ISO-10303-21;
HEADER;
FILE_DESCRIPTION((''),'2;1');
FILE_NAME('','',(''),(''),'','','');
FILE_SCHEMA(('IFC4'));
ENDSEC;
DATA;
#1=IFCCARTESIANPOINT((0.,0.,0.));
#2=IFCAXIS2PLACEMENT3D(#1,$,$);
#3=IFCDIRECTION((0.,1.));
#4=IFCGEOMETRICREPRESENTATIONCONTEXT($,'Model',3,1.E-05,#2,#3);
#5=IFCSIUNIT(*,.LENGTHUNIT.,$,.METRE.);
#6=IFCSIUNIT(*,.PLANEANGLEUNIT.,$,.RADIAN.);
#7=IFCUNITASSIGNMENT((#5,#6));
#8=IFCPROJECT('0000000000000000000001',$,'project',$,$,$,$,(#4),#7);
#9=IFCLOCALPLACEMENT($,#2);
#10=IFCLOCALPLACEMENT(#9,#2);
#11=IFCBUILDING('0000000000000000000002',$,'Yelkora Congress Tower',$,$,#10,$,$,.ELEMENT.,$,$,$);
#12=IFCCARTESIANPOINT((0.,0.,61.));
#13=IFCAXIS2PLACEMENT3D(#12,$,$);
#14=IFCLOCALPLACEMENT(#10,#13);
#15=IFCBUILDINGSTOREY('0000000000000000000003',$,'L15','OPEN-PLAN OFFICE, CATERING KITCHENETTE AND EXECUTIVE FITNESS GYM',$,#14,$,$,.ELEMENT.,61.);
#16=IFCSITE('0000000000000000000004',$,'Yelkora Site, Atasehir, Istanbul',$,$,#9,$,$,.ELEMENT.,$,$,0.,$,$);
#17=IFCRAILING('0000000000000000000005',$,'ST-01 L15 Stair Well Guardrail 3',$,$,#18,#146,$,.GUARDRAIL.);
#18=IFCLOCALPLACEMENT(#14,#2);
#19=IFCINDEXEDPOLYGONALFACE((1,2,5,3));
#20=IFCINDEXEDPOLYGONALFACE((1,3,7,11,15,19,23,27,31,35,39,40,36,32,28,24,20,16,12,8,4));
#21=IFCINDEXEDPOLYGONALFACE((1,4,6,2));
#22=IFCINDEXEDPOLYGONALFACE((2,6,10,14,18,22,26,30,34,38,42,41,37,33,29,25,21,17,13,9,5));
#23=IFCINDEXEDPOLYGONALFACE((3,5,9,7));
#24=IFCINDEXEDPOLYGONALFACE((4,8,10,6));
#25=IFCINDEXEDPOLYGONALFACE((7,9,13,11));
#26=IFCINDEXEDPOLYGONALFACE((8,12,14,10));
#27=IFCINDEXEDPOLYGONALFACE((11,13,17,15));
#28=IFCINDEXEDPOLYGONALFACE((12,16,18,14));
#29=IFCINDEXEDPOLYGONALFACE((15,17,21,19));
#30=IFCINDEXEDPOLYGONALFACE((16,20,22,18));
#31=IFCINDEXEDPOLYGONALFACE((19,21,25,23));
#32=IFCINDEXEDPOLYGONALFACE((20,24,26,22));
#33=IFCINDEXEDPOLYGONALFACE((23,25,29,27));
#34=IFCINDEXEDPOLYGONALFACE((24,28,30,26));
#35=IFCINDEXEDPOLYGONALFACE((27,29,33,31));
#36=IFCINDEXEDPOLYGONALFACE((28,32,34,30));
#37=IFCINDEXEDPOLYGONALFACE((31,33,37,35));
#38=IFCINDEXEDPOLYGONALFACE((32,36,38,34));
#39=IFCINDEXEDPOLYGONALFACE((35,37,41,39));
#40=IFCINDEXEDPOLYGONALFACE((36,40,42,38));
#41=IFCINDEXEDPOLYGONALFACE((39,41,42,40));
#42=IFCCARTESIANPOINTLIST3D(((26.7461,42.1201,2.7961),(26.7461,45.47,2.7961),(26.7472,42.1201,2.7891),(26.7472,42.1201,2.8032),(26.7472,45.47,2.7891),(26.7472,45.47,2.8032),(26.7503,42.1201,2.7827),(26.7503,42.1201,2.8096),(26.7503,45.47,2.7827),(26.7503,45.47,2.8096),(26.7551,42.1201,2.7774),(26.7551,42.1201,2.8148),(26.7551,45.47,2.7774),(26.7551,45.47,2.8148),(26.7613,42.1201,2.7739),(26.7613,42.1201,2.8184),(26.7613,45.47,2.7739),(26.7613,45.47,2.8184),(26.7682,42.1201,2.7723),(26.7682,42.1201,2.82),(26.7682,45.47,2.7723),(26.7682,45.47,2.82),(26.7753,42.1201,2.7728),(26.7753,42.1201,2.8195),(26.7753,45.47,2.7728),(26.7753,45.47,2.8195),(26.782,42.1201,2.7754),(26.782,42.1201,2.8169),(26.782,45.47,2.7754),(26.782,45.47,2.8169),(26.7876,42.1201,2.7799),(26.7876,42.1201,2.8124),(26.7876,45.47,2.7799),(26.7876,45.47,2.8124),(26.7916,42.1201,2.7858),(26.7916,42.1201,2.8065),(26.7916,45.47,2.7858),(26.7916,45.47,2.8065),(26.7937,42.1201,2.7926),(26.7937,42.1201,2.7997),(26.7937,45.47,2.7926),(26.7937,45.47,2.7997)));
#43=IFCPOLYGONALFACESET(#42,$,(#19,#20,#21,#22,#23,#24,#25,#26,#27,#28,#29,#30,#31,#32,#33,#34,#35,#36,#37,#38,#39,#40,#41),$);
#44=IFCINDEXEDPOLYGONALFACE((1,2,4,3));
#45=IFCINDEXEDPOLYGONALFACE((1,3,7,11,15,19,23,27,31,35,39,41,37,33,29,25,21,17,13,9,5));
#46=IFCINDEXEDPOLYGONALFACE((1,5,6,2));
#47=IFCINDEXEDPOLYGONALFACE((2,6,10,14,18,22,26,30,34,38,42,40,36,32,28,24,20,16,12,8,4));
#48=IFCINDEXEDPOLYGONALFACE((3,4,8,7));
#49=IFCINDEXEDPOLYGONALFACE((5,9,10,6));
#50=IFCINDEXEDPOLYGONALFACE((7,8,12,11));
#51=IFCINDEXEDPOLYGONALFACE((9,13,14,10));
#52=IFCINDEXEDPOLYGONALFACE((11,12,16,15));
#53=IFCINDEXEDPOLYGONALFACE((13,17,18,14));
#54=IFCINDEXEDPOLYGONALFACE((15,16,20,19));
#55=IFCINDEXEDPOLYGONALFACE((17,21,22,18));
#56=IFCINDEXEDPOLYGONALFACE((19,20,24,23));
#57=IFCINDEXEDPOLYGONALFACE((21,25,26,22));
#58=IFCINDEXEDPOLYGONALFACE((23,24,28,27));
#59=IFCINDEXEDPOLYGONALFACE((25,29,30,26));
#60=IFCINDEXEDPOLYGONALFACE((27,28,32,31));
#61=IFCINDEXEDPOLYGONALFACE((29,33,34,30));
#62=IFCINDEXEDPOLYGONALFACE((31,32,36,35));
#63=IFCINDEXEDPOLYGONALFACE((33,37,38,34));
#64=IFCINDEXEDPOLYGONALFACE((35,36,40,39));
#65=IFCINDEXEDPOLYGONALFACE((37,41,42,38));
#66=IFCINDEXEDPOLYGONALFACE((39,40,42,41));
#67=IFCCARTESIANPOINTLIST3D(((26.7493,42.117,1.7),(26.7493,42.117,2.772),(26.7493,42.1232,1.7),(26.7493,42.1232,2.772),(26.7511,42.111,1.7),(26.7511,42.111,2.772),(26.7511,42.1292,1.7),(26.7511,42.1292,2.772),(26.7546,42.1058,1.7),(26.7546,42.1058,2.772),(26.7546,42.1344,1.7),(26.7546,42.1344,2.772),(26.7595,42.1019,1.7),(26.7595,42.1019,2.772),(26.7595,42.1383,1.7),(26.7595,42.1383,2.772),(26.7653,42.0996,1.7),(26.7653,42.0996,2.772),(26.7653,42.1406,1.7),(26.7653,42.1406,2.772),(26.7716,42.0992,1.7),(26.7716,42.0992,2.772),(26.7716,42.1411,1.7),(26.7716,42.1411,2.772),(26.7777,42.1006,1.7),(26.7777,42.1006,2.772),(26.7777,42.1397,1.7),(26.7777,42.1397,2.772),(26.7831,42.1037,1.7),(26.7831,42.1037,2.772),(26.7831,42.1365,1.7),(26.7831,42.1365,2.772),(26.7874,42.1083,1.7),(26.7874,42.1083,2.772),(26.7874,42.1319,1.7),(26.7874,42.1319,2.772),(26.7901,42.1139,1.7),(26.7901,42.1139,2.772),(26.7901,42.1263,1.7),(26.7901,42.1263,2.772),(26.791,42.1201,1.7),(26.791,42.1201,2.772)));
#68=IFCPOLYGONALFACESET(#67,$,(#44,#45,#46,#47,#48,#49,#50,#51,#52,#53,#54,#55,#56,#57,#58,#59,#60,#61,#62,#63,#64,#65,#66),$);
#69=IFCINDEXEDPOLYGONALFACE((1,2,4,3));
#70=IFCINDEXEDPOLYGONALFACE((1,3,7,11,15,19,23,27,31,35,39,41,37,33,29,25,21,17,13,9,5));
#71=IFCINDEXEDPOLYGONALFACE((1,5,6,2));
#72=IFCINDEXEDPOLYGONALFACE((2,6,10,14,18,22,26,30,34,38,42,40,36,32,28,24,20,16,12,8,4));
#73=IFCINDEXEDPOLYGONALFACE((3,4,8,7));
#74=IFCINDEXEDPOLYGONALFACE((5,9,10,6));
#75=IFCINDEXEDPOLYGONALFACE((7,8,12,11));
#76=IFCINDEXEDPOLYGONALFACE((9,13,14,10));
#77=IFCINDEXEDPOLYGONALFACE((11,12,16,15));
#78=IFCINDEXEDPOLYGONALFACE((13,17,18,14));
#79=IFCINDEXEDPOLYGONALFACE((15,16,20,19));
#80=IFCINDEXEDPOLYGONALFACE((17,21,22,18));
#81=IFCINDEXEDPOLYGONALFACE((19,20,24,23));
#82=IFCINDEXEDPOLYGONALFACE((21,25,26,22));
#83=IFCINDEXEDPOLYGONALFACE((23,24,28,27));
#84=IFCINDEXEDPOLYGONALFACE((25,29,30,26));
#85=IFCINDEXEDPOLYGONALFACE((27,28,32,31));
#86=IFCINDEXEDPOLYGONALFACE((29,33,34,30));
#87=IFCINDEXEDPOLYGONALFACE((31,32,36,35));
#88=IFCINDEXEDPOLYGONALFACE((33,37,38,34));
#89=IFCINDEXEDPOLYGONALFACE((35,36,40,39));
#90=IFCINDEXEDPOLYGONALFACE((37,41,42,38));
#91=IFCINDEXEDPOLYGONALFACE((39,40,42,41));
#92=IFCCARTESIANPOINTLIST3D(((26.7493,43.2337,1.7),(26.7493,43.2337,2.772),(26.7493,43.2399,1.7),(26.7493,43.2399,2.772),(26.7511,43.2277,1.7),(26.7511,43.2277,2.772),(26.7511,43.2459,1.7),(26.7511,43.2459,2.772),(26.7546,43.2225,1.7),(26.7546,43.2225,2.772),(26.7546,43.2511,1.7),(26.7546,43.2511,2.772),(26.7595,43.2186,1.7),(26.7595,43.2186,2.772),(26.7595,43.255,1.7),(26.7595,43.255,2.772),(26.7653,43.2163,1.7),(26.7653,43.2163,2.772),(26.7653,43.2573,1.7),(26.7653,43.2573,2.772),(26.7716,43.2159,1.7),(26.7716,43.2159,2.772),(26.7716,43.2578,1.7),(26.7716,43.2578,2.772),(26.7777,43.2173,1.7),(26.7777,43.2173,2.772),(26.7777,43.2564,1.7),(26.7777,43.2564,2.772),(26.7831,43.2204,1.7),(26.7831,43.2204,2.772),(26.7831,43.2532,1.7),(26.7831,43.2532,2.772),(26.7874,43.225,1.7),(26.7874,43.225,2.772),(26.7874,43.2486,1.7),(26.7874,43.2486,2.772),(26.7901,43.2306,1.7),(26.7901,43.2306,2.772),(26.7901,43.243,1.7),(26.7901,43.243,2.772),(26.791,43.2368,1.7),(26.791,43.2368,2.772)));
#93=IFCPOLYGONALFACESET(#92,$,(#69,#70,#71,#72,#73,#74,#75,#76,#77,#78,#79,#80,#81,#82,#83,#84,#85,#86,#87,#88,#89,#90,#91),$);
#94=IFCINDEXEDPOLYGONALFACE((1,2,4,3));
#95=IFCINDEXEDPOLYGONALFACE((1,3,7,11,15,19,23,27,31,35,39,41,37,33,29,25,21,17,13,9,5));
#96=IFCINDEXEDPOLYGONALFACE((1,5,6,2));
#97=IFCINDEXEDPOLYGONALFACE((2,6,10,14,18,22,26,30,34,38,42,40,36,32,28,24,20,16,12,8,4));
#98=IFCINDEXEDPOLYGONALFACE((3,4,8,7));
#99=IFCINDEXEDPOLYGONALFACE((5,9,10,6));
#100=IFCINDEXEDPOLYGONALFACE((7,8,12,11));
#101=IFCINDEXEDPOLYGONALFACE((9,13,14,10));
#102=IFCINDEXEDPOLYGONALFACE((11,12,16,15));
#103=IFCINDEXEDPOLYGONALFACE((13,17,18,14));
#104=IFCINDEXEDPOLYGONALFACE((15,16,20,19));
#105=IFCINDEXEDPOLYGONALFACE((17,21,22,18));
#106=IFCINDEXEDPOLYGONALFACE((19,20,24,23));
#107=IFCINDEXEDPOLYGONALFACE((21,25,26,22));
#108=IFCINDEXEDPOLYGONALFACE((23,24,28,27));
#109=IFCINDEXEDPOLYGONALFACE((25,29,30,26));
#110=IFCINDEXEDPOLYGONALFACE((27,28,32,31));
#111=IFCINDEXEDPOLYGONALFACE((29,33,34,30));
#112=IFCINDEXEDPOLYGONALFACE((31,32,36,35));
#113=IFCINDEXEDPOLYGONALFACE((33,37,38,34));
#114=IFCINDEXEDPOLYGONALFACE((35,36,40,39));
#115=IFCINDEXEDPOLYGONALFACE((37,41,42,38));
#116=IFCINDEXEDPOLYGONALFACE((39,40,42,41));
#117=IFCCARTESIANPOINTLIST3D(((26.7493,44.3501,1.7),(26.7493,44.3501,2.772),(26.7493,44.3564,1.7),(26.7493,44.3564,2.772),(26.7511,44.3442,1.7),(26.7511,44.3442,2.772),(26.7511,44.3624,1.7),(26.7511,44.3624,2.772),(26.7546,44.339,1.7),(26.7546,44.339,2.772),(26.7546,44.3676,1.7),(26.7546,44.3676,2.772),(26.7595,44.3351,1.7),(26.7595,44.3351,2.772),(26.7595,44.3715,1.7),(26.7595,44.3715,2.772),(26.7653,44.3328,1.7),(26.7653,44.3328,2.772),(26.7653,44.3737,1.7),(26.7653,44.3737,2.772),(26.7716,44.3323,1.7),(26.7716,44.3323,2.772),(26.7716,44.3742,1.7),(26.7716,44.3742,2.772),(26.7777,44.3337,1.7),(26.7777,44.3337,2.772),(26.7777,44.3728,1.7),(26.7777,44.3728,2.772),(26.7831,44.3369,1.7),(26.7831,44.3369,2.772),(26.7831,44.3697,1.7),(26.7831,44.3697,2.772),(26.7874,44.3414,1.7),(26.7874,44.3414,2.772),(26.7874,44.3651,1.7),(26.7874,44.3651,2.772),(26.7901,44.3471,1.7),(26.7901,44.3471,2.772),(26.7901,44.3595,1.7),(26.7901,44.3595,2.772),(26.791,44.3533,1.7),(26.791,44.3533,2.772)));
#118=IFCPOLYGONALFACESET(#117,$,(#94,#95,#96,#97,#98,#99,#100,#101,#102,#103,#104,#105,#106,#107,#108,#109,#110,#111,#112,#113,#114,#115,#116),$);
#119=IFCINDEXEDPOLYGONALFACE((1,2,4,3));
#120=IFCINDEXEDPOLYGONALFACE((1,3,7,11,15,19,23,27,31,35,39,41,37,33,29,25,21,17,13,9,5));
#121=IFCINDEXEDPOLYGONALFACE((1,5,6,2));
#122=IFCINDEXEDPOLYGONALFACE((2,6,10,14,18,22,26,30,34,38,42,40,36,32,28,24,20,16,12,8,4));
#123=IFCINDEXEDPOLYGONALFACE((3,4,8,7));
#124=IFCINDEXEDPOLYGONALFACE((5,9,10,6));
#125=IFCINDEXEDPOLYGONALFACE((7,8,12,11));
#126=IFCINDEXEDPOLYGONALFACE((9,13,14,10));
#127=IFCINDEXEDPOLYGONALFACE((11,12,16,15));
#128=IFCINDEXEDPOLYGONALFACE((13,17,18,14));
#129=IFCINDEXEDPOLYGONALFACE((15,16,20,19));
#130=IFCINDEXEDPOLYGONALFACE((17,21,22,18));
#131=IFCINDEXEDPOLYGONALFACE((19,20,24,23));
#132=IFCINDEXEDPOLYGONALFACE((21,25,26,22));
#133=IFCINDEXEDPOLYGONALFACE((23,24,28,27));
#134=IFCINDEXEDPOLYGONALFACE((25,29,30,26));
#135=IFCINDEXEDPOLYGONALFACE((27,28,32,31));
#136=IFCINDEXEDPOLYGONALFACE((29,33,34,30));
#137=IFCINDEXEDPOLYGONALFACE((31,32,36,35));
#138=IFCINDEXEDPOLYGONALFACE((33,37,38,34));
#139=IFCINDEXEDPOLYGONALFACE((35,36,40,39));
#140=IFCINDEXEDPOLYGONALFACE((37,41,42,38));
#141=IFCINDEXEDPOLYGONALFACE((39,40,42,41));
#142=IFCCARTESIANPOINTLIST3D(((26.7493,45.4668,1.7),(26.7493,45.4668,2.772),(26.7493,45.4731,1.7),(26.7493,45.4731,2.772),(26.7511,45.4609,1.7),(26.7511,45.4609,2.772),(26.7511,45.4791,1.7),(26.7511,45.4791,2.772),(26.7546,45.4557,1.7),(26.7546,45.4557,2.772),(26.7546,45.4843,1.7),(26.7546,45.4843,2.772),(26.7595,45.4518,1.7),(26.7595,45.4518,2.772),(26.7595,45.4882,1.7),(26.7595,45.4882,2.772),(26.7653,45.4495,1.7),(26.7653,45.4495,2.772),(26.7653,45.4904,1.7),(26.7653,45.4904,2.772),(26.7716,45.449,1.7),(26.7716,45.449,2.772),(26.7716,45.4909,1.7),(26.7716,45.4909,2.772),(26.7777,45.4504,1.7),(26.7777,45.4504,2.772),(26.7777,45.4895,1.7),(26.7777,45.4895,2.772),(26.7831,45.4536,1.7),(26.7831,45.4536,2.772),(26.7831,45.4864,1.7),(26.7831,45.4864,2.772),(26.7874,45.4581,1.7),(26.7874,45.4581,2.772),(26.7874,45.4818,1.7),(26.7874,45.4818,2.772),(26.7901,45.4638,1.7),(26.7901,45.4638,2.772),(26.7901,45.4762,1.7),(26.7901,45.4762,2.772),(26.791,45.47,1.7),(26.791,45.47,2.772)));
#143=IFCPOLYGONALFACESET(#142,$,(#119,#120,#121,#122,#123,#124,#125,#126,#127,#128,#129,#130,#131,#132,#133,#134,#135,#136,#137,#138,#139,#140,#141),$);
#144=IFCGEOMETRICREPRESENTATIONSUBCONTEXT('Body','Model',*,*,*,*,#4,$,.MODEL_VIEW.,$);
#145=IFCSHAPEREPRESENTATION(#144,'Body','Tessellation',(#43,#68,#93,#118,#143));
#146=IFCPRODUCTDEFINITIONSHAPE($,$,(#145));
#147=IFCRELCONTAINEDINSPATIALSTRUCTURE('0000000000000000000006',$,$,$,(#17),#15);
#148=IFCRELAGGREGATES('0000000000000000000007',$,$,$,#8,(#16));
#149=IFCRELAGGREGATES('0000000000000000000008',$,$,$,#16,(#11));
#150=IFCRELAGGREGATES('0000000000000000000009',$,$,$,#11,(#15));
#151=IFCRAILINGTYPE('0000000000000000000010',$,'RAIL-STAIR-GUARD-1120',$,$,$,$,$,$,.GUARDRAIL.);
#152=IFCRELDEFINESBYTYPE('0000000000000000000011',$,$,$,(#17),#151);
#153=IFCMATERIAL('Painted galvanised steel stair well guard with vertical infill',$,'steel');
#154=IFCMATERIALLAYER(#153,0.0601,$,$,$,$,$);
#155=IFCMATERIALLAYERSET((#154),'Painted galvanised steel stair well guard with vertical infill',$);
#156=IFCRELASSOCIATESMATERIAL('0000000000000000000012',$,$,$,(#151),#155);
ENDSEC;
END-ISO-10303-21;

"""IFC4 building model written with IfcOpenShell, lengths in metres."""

from ifc_helpers import new_model, si_unit, direction, frame, origin, origin_2d, place, context, subcontext, project, spatial, circle, extrude, material, layer, layer_set, type_object, element, save


model = new_model("IFC4")

# Units and contexts
model_context = context("Model", 3, precision=1e-05, world=origin(), true_north=direction((0.0, 1.0)))
body_context = subcontext(model_context, "Body", "Model", "MODEL_VIEW")
ifc_project = project(units=[si_unit("LENGTHUNIT", "METRE"), si_unit("PLANEANGLEUNIT", "RADIAN")], contexts=[model_context])

# Site, building, storey
site_placement = place(None, origin())
site = spatial("IfcSite", under=ifc_project, at=site_placement, Name="Yelkora Site, Atasehir, Istanbul", CompositionType="ELEMENT", RefElevation=0.0)
building_placement = place(site_placement, origin())
building = spatial("IfcBuilding", under=site, at=building_placement, Name="Yelkora Congress Tower", CompositionType="ELEMENT")
storey_placement = place(building_placement, frame((0.0, 0.0, 61.0)))
storey = spatial("IfcBuildingStorey", under=building, at=storey_placement, Name="L15", Description="OPEN-PLAN OFFICE, CATERING KITCHENETTE AND EXECUTIVE FITNESS GYM", CompositionType="ELEMENT", Elevation=61.0)

# Railing
ifc_material_1 = material(Name="Painted galvanised steel stair well guard with vertical infill", Category="steel")
ifc_layer_1 = layer(ifc_material_1, 0.0601)
ifc_layer_set_1 = layer_set([ifc_layer_1], Name="Painted galvanised steel stair well guard with vertical infill")
railing_type_1 = type_object("IfcRailingType", Name="RAIL-STAIR-GUARD-1120", PredefinedType="GUARDRAIL", material=ifc_layer_set_1)
for number, where, name in (
    (1, (26.77, 42.1201, 1.7), "ST-01 L15 Stair Well Guardrail 3"),
):
    element("IfcRailing", number, at=place(storey_placement, frame(where)), inside=storey, type_object=railing_type_1, Name=name, PredefinedType="GUARDRAIL", context=body_context, shape_type="SweptSolid", body=[
        extrude(circle(Radius=0.0239, at=origin_2d()), frame((0.0, 0.0, 1.0962), z_axis=(0.0, 1.0, 0.0), x_axis=(-1.0, 0.0, 0.0)), (0.0, 0.0, 1.0), 3.3499),
        extrude(circle(Radius=0.021, at=origin_2d()), origin(), (0.0, 0.0, 1.0), 1.072),
        extrude(circle(Radius=0.021, at=origin_2d()), frame((0.0, 1.1167, 0.0)), (0.0, 0.0, 1.0), 1.072),
        extrude(circle(Radius=0.021, at=origin_2d()), frame((0.0, 2.2332, 0.0)), (0.0, 0.0, 1.0), 1.072),
        extrude(circle(Radius=0.021, at=origin_2d()), frame((0.0, 3.3499, 0.0)), (0.0, 0.0, 1.0), 1.072),
    ])

save(model, "model.ifc")
